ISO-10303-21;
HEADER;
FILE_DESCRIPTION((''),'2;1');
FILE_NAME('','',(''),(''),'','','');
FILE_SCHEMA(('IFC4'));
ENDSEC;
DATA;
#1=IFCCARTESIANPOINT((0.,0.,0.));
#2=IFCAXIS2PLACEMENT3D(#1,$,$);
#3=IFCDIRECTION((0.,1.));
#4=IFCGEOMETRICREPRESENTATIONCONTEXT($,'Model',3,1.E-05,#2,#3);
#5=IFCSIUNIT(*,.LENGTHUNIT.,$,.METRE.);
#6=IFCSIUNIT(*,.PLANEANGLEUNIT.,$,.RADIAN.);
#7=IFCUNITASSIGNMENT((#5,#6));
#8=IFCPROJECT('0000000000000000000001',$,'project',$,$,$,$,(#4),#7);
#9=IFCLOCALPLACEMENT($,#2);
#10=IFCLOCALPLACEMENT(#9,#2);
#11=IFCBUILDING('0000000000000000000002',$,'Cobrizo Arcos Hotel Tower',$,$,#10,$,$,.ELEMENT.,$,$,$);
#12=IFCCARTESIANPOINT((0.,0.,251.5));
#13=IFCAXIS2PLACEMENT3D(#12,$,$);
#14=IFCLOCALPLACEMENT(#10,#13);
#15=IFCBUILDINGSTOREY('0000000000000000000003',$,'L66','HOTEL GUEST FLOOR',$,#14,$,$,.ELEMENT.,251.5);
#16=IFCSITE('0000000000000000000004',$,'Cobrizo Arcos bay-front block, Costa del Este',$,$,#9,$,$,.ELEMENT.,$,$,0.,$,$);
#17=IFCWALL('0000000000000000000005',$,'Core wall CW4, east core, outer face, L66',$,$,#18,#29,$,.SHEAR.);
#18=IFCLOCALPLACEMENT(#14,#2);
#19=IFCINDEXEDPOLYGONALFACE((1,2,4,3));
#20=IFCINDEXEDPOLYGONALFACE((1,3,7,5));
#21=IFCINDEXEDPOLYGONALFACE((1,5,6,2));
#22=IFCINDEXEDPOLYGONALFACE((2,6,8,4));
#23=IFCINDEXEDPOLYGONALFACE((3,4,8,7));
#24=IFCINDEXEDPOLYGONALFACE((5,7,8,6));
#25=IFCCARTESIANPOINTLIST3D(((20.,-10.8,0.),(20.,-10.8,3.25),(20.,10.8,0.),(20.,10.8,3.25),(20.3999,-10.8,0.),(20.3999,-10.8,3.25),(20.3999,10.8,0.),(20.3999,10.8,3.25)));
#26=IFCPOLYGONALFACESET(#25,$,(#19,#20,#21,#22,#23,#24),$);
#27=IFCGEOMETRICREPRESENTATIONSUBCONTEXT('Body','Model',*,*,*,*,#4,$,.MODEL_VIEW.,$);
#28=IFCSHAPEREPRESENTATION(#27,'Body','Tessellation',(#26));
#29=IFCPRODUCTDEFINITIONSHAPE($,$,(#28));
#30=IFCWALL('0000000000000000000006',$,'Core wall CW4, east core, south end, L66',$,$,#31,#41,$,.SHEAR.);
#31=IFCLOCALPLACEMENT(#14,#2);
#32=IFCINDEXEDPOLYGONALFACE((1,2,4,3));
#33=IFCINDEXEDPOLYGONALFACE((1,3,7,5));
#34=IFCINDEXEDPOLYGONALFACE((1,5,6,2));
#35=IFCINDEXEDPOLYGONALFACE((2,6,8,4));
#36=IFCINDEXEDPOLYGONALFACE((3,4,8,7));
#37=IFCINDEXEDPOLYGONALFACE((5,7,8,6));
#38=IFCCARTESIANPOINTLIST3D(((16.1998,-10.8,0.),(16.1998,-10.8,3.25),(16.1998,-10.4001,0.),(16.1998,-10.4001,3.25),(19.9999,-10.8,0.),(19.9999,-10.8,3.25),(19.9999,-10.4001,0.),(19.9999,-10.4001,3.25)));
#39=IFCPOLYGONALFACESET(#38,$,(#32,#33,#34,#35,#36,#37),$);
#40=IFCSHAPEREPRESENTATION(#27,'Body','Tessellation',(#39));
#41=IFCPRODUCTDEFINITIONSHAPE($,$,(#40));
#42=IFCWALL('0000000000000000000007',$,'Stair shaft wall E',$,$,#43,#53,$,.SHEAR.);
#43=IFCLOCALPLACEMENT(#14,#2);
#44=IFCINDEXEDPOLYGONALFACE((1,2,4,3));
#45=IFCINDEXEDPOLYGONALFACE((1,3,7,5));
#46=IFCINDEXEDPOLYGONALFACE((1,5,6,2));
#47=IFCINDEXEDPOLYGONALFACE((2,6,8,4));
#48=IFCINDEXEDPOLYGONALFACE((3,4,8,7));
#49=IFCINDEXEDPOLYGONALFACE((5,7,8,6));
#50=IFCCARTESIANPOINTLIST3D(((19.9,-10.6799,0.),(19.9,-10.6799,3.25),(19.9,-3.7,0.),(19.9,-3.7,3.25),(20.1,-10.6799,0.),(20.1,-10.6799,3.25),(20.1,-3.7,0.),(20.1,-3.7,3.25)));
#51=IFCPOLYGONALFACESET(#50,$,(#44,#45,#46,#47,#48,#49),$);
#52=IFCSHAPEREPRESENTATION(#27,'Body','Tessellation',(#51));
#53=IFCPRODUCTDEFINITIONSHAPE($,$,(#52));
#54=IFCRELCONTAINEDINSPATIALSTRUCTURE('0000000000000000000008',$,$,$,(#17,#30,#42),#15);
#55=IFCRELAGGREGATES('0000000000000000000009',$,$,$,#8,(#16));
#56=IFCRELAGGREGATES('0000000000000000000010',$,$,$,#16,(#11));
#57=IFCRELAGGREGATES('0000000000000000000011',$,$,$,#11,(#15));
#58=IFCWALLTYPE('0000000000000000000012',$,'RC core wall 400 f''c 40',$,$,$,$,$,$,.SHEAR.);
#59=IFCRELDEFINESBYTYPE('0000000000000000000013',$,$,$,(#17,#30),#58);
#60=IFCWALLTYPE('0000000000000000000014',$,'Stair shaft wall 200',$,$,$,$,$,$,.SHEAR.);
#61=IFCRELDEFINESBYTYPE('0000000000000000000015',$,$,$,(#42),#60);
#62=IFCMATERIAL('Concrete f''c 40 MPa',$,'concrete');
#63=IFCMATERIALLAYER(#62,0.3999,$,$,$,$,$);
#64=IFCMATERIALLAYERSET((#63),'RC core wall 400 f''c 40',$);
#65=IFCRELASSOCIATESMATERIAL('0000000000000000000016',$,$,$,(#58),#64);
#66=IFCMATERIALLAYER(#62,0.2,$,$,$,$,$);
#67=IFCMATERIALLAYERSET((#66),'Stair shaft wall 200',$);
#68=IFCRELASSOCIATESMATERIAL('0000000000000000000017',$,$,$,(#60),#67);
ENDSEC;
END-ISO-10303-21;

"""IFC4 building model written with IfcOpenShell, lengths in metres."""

from ifc_helpers import new_model, si_unit, direction, frame, frame_2d, origin, place, context, subcontext, project, spatial, rectangle, extrude, material, layer, layer_set, type_object, element, save


model = new_model("IFC4")

# Units and contexts
model_context = context("Model", 3, precision=1e-05, world=origin(), true_north=direction((0.0, 1.0)))
body_context = subcontext(model_context, "Body", "Model", "MODEL_VIEW")
ifc_project = project(units=[si_unit("LENGTHUNIT", "METRE"), si_unit("PLANEANGLEUNIT", "RADIAN")], contexts=[model_context])

# Site, building, storey
site_placement = place(None, origin())
site = spatial("IfcSite", under=ifc_project, at=site_placement, Name="Cobrizo Arcos bay-front block, Costa del Este", CompositionType="ELEMENT", RefElevation=0.0)
building_placement = place(site_placement, origin())
building = spatial("IfcBuilding", under=site, at=building_placement, Name="Cobrizo Arcos Hotel Tower", CompositionType="ELEMENT")
storey_placement = place(building_placement, frame((0.0, 0.0, 251.5)))
storey = spatial("IfcBuildingStorey", under=building, at=storey_placement, Name="L66", Description="HOTEL GUEST FLOOR", CompositionType="ELEMENT", Elevation=251.5)

# Shared definitions
ifc_material_1 = material(Name="Concrete f'c 40 MPa", Category="concrete")
ifc_layer_1 = layer(ifc_material_1, 0.3999)
ifc_layer_set_1 = layer_set([ifc_layer_1], Name="RC core wall 400 f'c 40")
wall_type_1 = type_object("IfcWallType", Name="RC core wall 400 f'c 40", PredefinedType="SHEAR", material=ifc_layer_set_1)

# Walls
wall_1_placement = place(storey_placement, frame((20.2, -10.8, 0.0), z_axis=(0.0, 0.0, 1.0), x_axis=(0.0, 1.0, 0.0)))
element("IfcWall", 1, at=wall_1_placement, inside=storey, type_object=wall_type_1, Name="Core wall CW4, east core, outer face, L66", PredefinedType="SHEAR", context=body_context, shape_type="SweptSolid", body=[
    extrude(rectangle(XDim=21.6001, YDim=0.3999, at=frame_2d((10.8, 0.0))), origin(), (0.0, 0.0, 1.0), 3.25),
])
wall_2_placement = place(storey_placement, frame((16.2, -10.6001, 0.0), z_axis=(0.0, 0.0, 1.0), x_axis=(1.0, 0.0, 0.0)))
element("IfcWall", 2, at=wall_2_placement, inside=storey, type_object=wall_type_1, Name="Core wall CW4, east core, south end, L66", PredefinedType="SHEAR", context=body_context, shape_type="SweptSolid", body=[
    extrude(rectangle(XDim=3.8, YDim=0.3999, at=frame_2d((1.8999, 0.0))), origin(), (0.0, 0.0, 1.0), 3.25),
])
ifc_layer_2 = layer(ifc_material_1, 0.2)
ifc_layer_set_2 = layer_set([ifc_layer_2], Name="Stair shaft wall 200")
wall_type_2 = type_object("IfcWallType", Name="Stair shaft wall 200", PredefinedType="SHEAR", material=ifc_layer_set_2)
wall_3_placement = place(storey_placement, frame((20.0, -10.6799, 0.0), z_axis=(0.0, 0.0, 1.0), x_axis=(0.0, 1.0, 0.0)))
element("IfcWall", 3, at=wall_3_placement, inside=storey, type_object=wall_type_2, Name="Stair shaft wall E", PredefinedType="SHEAR", context=body_context, shape_type="SweptSolid", body=[
    extrude(rectangle(XDim=6.98, YDim=0.2, at=frame_2d((3.49, 0.0))), origin(), (0.0, 0.0, 1.0), 3.25),
])

save(model, "model.ifc")
